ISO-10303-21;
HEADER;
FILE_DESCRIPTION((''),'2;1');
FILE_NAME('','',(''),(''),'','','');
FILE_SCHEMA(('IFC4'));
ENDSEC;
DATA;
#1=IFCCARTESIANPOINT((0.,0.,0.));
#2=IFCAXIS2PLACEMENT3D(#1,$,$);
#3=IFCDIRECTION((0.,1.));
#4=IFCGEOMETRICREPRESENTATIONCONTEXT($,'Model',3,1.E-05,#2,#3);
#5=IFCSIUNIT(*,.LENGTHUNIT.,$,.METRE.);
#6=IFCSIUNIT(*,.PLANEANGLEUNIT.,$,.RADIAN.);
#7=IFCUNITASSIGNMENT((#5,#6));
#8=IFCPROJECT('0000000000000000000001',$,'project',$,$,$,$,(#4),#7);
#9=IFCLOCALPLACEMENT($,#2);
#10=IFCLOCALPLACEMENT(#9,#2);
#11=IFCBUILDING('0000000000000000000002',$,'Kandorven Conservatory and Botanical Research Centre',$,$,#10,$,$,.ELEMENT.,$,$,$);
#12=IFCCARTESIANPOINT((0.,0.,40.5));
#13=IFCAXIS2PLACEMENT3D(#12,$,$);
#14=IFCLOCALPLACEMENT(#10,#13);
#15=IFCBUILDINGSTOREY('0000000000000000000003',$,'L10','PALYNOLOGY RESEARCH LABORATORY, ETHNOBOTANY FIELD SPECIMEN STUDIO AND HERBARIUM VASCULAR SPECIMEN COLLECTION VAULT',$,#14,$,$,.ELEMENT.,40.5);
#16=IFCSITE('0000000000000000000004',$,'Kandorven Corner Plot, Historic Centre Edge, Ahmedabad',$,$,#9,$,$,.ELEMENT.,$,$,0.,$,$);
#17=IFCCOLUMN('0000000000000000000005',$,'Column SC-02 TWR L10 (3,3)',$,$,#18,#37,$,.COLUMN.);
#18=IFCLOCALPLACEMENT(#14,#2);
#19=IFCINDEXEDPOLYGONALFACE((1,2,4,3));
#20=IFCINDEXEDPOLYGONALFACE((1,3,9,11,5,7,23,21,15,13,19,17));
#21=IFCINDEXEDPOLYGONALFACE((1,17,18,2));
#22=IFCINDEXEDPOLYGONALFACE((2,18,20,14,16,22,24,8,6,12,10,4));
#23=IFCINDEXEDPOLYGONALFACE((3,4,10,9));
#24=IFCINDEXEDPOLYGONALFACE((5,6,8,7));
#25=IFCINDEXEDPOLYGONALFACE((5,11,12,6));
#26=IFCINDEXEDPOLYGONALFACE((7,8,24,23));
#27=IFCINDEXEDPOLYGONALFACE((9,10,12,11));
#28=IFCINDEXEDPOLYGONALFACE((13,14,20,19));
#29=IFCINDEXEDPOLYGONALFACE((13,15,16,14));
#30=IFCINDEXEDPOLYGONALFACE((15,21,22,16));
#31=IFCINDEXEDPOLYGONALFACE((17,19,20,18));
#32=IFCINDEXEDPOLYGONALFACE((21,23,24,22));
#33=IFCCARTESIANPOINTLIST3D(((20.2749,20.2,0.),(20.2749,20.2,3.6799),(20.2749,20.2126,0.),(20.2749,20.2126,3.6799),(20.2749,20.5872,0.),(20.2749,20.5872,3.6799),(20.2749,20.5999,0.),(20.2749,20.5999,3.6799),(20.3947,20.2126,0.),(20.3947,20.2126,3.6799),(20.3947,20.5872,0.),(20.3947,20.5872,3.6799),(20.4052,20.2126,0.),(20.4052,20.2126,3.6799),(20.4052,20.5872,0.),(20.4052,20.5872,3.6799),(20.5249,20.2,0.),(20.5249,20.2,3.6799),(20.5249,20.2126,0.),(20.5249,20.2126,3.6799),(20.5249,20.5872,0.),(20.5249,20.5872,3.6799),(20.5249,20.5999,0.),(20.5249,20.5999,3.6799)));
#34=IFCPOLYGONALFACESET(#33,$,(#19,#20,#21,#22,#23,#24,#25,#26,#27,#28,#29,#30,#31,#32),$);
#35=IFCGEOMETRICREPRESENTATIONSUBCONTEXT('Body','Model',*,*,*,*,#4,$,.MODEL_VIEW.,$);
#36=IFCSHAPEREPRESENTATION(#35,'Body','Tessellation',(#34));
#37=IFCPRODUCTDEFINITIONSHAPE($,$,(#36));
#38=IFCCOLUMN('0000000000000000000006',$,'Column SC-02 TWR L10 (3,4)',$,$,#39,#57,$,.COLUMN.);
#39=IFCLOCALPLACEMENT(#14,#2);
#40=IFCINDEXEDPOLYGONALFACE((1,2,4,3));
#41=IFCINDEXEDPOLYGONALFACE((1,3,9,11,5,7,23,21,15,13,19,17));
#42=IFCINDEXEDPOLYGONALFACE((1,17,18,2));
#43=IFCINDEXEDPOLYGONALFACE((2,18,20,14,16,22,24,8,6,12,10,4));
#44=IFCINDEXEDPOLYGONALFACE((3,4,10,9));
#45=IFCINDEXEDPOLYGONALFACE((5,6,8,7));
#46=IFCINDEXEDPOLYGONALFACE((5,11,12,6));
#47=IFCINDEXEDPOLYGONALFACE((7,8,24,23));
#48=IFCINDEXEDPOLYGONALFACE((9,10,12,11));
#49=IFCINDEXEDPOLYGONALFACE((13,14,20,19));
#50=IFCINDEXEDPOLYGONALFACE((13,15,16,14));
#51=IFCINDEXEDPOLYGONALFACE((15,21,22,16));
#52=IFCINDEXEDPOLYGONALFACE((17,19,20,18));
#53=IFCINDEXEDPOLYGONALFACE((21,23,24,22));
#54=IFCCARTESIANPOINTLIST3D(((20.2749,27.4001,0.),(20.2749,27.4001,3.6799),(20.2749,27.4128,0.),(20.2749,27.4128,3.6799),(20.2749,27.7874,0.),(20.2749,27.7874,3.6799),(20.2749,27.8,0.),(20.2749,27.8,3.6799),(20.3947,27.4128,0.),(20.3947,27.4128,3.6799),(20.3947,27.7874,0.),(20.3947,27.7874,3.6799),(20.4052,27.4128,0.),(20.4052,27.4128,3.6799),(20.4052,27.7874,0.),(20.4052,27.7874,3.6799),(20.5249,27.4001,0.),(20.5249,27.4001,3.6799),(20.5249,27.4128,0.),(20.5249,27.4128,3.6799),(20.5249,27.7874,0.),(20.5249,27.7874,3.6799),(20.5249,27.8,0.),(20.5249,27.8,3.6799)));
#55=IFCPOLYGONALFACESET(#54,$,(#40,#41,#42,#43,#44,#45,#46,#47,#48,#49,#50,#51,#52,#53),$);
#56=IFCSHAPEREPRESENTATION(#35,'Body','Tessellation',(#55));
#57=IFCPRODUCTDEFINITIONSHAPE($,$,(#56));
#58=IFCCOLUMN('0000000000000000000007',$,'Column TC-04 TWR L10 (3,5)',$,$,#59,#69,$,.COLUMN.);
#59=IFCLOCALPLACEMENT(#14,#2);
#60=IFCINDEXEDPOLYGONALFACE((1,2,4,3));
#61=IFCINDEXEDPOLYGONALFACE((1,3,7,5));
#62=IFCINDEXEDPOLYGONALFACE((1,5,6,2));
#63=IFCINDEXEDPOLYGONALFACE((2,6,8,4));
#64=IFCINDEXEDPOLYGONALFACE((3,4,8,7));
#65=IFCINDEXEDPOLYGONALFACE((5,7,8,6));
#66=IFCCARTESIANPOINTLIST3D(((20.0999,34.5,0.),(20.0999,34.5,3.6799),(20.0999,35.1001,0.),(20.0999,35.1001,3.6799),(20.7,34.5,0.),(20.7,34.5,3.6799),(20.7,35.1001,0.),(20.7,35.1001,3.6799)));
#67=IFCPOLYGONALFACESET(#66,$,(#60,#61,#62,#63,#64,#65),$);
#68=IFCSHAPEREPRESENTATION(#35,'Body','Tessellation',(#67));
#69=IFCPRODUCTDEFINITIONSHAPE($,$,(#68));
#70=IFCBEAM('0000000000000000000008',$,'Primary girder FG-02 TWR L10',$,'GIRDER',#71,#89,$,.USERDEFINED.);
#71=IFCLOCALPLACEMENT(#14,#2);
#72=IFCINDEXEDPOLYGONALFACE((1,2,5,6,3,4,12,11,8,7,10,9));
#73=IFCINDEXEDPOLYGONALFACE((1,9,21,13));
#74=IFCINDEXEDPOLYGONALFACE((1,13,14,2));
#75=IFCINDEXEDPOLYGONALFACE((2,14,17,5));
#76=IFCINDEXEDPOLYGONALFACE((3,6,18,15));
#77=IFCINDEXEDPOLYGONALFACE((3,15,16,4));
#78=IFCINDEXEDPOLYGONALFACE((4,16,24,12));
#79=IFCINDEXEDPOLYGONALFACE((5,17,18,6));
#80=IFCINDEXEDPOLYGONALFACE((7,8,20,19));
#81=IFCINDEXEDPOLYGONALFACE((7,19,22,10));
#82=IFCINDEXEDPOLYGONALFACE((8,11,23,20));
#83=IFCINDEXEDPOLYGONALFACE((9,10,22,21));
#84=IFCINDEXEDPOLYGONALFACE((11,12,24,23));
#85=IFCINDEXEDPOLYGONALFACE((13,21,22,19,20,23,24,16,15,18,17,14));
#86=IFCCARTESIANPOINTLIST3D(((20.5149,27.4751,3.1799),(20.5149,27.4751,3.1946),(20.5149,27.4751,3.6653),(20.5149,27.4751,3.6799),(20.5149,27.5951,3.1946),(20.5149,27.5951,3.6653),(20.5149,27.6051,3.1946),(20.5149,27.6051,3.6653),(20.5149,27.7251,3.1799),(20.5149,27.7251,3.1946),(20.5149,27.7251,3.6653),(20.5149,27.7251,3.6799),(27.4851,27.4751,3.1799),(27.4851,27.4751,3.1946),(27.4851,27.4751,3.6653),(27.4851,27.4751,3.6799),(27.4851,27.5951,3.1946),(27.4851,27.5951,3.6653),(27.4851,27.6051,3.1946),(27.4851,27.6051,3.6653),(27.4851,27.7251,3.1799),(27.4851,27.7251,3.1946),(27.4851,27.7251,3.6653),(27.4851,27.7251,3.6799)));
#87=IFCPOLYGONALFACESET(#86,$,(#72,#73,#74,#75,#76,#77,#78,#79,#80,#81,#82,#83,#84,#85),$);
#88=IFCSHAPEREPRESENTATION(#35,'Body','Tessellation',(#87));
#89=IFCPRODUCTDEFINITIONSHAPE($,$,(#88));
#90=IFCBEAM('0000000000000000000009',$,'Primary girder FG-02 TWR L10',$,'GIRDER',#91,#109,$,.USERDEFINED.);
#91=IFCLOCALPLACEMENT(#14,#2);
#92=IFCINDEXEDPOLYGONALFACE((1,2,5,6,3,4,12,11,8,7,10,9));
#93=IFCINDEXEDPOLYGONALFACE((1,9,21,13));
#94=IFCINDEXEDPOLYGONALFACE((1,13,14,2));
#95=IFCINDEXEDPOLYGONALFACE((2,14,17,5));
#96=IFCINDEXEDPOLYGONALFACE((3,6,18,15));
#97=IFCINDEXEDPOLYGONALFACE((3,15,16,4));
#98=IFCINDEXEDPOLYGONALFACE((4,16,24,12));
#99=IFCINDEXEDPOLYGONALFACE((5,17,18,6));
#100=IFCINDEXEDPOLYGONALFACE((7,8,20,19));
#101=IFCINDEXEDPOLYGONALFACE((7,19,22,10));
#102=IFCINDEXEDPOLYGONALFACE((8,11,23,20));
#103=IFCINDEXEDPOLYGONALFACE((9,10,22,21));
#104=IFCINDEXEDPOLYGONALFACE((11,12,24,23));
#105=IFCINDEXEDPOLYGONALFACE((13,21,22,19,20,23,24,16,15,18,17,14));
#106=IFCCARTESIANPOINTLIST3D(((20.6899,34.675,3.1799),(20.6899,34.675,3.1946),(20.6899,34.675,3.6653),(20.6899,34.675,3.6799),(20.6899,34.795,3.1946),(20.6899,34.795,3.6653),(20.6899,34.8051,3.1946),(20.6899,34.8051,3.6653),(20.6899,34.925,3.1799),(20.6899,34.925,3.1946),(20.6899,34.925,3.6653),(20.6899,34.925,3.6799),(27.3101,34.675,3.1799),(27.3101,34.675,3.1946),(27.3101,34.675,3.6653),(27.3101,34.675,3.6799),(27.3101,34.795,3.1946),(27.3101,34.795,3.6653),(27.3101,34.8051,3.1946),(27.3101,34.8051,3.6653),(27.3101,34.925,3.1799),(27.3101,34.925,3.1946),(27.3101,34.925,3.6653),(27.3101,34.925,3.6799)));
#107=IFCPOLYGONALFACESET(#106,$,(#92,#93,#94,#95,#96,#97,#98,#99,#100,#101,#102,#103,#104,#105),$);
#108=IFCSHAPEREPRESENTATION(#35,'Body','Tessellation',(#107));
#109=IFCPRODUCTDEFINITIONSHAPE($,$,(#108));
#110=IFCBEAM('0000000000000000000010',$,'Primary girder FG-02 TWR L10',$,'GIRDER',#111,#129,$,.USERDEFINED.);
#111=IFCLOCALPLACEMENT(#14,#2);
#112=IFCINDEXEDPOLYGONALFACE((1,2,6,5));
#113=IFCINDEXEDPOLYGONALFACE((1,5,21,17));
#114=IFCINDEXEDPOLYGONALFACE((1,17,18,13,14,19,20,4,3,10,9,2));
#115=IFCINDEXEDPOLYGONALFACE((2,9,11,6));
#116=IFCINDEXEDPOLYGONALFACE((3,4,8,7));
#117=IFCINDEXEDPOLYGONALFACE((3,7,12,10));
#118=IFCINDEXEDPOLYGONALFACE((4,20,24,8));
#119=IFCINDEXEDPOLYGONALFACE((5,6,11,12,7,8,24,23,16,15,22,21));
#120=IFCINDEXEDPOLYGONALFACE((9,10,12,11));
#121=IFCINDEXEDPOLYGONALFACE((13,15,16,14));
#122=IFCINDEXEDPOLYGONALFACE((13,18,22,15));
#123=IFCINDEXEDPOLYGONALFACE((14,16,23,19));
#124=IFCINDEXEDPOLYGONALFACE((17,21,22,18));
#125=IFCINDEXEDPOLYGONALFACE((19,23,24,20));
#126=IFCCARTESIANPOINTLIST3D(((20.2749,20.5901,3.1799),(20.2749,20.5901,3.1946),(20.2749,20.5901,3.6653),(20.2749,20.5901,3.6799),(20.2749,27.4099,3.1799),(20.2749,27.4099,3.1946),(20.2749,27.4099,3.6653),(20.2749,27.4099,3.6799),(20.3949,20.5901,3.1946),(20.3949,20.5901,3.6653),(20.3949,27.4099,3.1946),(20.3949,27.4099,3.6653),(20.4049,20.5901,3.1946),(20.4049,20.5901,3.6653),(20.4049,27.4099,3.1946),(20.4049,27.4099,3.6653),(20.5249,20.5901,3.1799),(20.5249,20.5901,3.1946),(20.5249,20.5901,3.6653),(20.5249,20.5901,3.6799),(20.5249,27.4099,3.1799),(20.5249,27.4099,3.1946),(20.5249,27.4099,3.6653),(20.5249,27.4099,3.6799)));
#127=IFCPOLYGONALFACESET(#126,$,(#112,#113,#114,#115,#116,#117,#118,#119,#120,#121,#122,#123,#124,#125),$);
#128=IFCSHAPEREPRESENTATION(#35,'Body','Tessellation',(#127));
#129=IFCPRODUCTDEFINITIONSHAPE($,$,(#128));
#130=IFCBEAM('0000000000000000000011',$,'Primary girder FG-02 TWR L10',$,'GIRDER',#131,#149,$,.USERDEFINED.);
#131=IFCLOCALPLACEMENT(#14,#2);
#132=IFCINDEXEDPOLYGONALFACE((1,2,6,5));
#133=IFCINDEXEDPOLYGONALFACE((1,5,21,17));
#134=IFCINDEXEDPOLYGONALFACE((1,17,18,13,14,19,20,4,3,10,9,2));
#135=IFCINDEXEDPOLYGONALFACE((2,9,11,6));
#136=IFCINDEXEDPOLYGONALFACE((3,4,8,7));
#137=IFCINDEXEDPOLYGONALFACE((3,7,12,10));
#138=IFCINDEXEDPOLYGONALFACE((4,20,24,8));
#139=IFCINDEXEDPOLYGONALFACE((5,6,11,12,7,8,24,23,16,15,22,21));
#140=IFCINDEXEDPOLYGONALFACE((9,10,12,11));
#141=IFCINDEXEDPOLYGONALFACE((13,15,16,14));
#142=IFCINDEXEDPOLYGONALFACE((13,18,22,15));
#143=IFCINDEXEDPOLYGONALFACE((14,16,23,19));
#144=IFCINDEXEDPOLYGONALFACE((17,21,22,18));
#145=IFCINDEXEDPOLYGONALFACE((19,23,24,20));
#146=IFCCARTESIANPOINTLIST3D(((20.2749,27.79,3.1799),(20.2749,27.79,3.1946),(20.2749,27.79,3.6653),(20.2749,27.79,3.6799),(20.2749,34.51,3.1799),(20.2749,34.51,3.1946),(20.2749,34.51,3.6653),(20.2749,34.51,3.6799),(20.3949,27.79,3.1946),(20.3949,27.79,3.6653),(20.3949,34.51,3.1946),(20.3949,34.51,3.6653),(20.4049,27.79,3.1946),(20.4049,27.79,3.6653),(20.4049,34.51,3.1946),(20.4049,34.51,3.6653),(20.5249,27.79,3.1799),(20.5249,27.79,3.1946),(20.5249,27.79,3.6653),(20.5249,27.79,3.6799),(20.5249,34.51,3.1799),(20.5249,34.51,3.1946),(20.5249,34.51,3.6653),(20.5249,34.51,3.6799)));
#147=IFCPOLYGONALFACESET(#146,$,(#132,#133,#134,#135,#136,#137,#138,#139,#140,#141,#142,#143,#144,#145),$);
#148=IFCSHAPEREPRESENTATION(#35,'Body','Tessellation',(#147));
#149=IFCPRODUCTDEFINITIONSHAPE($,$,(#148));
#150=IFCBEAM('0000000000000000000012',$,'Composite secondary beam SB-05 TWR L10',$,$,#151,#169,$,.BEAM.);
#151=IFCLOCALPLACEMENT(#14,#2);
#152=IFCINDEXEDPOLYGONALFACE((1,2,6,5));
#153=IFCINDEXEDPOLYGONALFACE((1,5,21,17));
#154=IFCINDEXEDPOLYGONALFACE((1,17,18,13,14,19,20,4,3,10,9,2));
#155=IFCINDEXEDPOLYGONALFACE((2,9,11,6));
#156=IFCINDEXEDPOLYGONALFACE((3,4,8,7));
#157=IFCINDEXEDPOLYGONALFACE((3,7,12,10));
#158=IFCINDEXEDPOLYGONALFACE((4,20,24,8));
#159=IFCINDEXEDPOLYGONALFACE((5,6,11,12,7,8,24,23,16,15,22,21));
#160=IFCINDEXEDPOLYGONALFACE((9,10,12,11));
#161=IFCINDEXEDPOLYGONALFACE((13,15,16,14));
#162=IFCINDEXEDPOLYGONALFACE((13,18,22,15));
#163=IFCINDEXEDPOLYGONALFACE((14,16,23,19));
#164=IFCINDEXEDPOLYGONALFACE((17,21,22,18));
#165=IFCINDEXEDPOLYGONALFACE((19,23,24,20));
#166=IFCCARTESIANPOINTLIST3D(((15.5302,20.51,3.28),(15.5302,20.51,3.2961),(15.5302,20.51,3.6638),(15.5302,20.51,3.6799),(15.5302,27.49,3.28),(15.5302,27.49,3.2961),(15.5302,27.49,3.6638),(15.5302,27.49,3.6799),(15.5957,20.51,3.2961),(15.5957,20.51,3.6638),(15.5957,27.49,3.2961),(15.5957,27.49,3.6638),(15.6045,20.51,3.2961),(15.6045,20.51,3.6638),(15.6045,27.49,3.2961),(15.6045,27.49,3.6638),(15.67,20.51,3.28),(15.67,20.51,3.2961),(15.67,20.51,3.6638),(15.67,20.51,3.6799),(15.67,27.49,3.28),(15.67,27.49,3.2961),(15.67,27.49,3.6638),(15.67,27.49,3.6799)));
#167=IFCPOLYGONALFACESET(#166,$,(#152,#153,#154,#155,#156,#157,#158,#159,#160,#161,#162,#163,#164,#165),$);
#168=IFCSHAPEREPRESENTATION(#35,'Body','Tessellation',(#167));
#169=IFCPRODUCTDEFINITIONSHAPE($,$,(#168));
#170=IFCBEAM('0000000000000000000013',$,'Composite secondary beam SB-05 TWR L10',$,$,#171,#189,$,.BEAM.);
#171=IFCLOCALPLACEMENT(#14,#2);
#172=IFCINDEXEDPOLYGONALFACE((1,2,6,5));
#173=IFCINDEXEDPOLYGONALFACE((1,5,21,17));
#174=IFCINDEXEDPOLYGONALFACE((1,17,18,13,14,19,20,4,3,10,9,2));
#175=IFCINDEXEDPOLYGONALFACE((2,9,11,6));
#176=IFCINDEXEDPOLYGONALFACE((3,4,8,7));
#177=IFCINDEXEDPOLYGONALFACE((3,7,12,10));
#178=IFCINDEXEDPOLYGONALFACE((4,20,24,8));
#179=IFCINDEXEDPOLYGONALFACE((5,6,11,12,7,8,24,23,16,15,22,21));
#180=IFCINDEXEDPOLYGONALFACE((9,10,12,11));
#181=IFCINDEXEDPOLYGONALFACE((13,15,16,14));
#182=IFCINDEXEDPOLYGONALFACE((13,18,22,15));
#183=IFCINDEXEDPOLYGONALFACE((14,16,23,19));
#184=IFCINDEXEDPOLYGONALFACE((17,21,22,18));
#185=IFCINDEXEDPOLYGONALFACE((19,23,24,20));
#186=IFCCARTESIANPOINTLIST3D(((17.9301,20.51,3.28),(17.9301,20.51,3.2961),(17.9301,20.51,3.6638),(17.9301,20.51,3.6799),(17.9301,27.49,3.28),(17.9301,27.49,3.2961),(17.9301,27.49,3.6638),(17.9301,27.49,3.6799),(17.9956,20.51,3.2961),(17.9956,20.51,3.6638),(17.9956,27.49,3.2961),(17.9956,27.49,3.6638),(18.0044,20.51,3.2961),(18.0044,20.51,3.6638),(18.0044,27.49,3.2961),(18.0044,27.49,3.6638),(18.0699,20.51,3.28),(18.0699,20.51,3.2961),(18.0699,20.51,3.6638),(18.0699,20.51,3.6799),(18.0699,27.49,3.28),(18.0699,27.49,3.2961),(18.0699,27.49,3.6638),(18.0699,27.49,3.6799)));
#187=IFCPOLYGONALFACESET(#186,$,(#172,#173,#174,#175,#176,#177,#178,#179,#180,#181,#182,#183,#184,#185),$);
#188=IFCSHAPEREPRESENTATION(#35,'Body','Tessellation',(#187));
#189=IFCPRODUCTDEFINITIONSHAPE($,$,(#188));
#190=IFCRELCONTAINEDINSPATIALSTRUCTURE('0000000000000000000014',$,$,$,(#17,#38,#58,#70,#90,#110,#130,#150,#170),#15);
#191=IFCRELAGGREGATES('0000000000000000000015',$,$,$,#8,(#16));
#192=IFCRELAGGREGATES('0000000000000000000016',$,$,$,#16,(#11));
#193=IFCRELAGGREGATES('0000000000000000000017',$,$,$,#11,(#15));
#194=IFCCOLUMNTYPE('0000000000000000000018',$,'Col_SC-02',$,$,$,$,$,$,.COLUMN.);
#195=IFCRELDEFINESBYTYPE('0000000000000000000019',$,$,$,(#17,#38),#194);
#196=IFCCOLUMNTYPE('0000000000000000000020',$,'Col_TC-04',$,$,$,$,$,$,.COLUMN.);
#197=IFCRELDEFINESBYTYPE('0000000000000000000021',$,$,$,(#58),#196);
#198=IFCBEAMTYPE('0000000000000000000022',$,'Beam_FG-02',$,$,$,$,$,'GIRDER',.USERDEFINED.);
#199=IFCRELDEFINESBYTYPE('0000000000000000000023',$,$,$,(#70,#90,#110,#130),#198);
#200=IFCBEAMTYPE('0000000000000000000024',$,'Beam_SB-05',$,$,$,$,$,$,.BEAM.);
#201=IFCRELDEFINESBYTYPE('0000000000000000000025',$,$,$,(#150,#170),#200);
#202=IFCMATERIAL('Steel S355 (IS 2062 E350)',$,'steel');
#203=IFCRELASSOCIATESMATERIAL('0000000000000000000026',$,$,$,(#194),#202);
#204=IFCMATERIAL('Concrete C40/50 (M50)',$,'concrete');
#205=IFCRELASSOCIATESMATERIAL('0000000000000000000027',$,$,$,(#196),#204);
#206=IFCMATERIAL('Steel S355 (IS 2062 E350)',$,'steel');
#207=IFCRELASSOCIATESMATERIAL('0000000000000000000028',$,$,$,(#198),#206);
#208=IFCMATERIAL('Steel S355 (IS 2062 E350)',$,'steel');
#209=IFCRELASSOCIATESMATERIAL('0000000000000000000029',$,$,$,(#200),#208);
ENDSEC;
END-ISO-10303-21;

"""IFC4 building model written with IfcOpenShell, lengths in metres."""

from ifc_helpers import new_model, si_unit, direction, frame, origin, origin_2d, place, context, subcontext, project, spatial, rectangle, i_section, extrude, material, material_profile, profile_set, type_object, element, save


model = new_model("IFC4")

# Units and contexts
model_context = context("Model", 3, precision=1e-05, world=origin(), true_north=direction((0.0, 1.0)))
body_context = subcontext(model_context, "Body", "Model", "MODEL_VIEW")
ifc_project = project(units=[si_unit("LENGTHUNIT", "METRE"), si_unit("PLANEANGLEUNIT", "RADIAN")], contexts=[model_context])

# Site, building, storey
site_placement = place(None, origin())
site = spatial("IfcSite", under=ifc_project, at=site_placement, Name="Kandorven Corner Plot, Historic Centre Edge, Ahmedabad", CompositionType="ELEMENT", RefElevation=0.0)
building_placement = place(site_placement, origin())
building = spatial("IfcBuilding", under=site, at=building_placement, Name="Kandorven Conservatory and Botanical Research Centre", CompositionType="ELEMENT")
storey_placement = place(building_placement, frame((0.0, 0.0, 40.5)))
storey = spatial("IfcBuildingStorey", under=building, at=storey_placement, Name="L10", Description="PALYNOLOGY RESEARCH LABORATORY, ETHNOBOTANY FIELD SPECIMEN STUDIO AND HERBARIUM VASCULAR SPECIMEN COLLECTION VAULT", CompositionType="ELEMENT", Elevation=40.5)

# Columns
ifc_material_1 = material(Name="Steel S355 (IS 2062 E350)", Category="steel")
ifc_material_profile_1 = material_profile(ifc_material_1, i_section(OverallWidth=0.25, OverallDepth=0.3999, WebThickness=0.0105, FlangeThickness=0.0127, at=origin_2d()))
ifc_profile_set_1 = profile_set([ifc_material_profile_1], Name="Steel S355 (IS 2062 E350)")
column_type_1 = type_object("IfcColumnType", Name="Col_SC-02", PredefinedType="COLUMN", material=ifc_profile_set_1)
for number, where, z_axis, x_axis, name in (
    (1, (20.3999, 20.3999, 0.0), (0.0, 0.0, 1.0), (1.0, 0.0, 0.0), "Column SC-02 TWR L10 (3,3)"),
    (2, (20.3999, 27.6001, 0.0), (0.0, 0.0, 1.0), (1.0, 0.0, 0.0), "Column SC-02 TWR L10 (3,4)"),
):
    element("IfcColumn", number, at=place(storey_placement, frame(where, z_axis=z_axis, x_axis=x_axis)), inside=storey, type_object=column_type_1, Name=name, PredefinedType="COLUMN", context=body_context, shape_type="SweptSolid", body=[
        extrude(i_section(OverallWidth=0.25, OverallDepth=0.3999, WebThickness=0.0105, FlangeThickness=0.0127, at=origin_2d()), origin(), (0.0, 0.0, 1.0), 3.6799),
    ])
ifc_material_2 = material(Name="Concrete C40/50 (M50)", Category="concrete")
ifc_material_profile_2 = material_profile(ifc_material_2, rectangle(XDim=0.6001, YDim=0.6001, at=origin_2d()))
ifc_profile_set_2 = profile_set([ifc_material_profile_2], Name="Concrete C40/50 (M50)")
column_type_2 = type_object("IfcColumnType", Name="Col_TC-04", PredefinedType="COLUMN", material=ifc_profile_set_2)
column_placement = place(storey_placement, frame((20.3999, 34.8, 0.0), z_axis=(0.0, 0.0, 1.0), x_axis=(1.0, 0.0, 0.0)))
element("IfcColumn", 3, at=column_placement, inside=storey, type_object=column_type_2, Name="Column TC-04 TWR L10 (3,5)", PredefinedType="COLUMN", context=body_context, shape_type="SweptSolid", body=[
    extrude(rectangle(XDim=0.6001, YDim=0.6001, at=origin_2d()), origin(), (0.0, 0.0, 1.0), 3.6799),
])

# Beams
ifc_material_3 = material(Name="Steel S355 (IS 2062 E350)", Category="steel")
ifc_material_profile_3 = material_profile(ifc_material_3, i_section(OverallWidth=0.25, OverallDepth=0.5, WebThickness=0.01, FlangeThickness=0.0146, at=origin_2d()))
ifc_profile_set_3 = profile_set([ifc_material_profile_3], Name="Steel S355 (IS 2062 E350)")
beam_type_1 = type_object("IfcBeamType", Name="Beam_FG-02", ElementType="GIRDER", PredefinedType="USERDEFINED", material=ifc_profile_set_3)
beam_1_placement = place(storey_placement, frame((20.5149, 27.6001, 3.4299), z_axis=(1.0, 0.0, 0.0), x_axis=(0.0, 1.0, 0.0)))
element("IfcBeam", 4, at=beam_1_placement, inside=storey, type_object=beam_type_1, Name="Primary girder FG-02 TWR L10", ObjectType="GIRDER", PredefinedType="USERDEFINED", context=body_context, shape_type="SweptSolid", body=[
    extrude(i_section(OverallWidth=0.25, OverallDepth=0.5, WebThickness=0.01, FlangeThickness=0.0146, at=origin_2d()), origin(), (0.0, 0.0, 1.0), 6.9702),
])
beam_2_placement = place(storey_placement, frame((20.6899, 34.8, 3.4299), z_axis=(1.0, 0.0, 0.0), x_axis=(0.0, 1.0, 0.0)))
element("IfcBeam", 5, at=beam_2_placement, inside=storey, type_object=beam_type_1, Name="Primary girder FG-02 TWR L10", ObjectType="GIRDER", PredefinedType="USERDEFINED", context=body_context, shape_type="SweptSolid", body=[
    extrude(i_section(OverallWidth=0.25, OverallDepth=0.5, WebThickness=0.01, FlangeThickness=0.0146, at=origin_2d()), origin(), (0.0, 0.0, 1.0), 6.6201),
])
beam_3_placement = place(storey_placement, frame((20.3999, 20.5901, 3.4299), z_axis=(0.0, 1.0, 0.0), x_axis=(-1.0, 0.0, 0.0)))
element("IfcBeam", 6, at=beam_3_placement, inside=storey, type_object=beam_type_1, Name="Primary girder FG-02 TWR L10", ObjectType="GIRDER", PredefinedType="USERDEFINED", context=body_context, shape_type="SweptSolid", body=[
    extrude(i_section(OverallWidth=0.25, OverallDepth=0.5, WebThickness=0.01, FlangeThickness=0.0146, at=origin_2d()), origin(), (0.0, 0.0, 1.0), 6.8198),
])
beam_4_placement = place(storey_placement, frame((20.3999, 27.79, 3.4299), z_axis=(0.0, 1.0, 0.0), x_axis=(-1.0, 0.0, 0.0)))
element("IfcBeam", 7, at=beam_4_placement, inside=storey, type_object=beam_type_1, Name="Primary girder FG-02 TWR L10", ObjectType="GIRDER", PredefinedType="USERDEFINED", context=body_context, shape_type="SweptSolid", body=[
    extrude(i_section(OverallWidth=0.25, OverallDepth=0.5, WebThickness=0.01, FlangeThickness=0.0146, at=origin_2d()), origin(), (0.0, 0.0, 1.0), 6.72),
])
ifc_material_4 = material(Name="Steel S355 (IS 2062 E350)", Category="steel")
ifc_material_profile_4 = material_profile(ifc_material_4, i_section(OverallWidth=0.1399, OverallDepth=0.3999, WebThickness=0.0088, FlangeThickness=0.0161, at=origin_2d()))
ifc_profile_set_4 = profile_set([ifc_material_profile_4], Name="Steel S355 (IS 2062 E350)")
beam_type_2 = type_object("IfcBeamType", Name="Beam_SB-05", PredefinedType="BEAM", material=ifc_profile_set_4)
for number, where, z_axis, x_axis, name in (
    (8, (15.6001, 20.51, 3.48), (0.0, 1.0, 0.0), (-1.0, 0.0, 0.0), "Composite secondary beam SB-05 TWR L10"),
    (9, (18.0, 20.51, 3.48), (0.0, 1.0, 0.0), (-1.0, 0.0, 0.0), "Composite secondary beam SB-05 TWR L10"),
):
    element("IfcBeam", number, at=place(storey_placement, frame(where, z_axis=z_axis, x_axis=x_axis)), inside=storey, type_object=beam_type_2, Name=name, PredefinedType="BEAM", context=body_context, shape_type="SweptSolid", body=[
        extrude(i_section(OverallWidth=0.1399, OverallDepth=0.3999, WebThickness=0.0088, FlangeThickness=0.0161, at=origin_2d()), origin(), (0.0, 0.0, 1.0), 6.98),
    ])

save(model, "model.ifc")
